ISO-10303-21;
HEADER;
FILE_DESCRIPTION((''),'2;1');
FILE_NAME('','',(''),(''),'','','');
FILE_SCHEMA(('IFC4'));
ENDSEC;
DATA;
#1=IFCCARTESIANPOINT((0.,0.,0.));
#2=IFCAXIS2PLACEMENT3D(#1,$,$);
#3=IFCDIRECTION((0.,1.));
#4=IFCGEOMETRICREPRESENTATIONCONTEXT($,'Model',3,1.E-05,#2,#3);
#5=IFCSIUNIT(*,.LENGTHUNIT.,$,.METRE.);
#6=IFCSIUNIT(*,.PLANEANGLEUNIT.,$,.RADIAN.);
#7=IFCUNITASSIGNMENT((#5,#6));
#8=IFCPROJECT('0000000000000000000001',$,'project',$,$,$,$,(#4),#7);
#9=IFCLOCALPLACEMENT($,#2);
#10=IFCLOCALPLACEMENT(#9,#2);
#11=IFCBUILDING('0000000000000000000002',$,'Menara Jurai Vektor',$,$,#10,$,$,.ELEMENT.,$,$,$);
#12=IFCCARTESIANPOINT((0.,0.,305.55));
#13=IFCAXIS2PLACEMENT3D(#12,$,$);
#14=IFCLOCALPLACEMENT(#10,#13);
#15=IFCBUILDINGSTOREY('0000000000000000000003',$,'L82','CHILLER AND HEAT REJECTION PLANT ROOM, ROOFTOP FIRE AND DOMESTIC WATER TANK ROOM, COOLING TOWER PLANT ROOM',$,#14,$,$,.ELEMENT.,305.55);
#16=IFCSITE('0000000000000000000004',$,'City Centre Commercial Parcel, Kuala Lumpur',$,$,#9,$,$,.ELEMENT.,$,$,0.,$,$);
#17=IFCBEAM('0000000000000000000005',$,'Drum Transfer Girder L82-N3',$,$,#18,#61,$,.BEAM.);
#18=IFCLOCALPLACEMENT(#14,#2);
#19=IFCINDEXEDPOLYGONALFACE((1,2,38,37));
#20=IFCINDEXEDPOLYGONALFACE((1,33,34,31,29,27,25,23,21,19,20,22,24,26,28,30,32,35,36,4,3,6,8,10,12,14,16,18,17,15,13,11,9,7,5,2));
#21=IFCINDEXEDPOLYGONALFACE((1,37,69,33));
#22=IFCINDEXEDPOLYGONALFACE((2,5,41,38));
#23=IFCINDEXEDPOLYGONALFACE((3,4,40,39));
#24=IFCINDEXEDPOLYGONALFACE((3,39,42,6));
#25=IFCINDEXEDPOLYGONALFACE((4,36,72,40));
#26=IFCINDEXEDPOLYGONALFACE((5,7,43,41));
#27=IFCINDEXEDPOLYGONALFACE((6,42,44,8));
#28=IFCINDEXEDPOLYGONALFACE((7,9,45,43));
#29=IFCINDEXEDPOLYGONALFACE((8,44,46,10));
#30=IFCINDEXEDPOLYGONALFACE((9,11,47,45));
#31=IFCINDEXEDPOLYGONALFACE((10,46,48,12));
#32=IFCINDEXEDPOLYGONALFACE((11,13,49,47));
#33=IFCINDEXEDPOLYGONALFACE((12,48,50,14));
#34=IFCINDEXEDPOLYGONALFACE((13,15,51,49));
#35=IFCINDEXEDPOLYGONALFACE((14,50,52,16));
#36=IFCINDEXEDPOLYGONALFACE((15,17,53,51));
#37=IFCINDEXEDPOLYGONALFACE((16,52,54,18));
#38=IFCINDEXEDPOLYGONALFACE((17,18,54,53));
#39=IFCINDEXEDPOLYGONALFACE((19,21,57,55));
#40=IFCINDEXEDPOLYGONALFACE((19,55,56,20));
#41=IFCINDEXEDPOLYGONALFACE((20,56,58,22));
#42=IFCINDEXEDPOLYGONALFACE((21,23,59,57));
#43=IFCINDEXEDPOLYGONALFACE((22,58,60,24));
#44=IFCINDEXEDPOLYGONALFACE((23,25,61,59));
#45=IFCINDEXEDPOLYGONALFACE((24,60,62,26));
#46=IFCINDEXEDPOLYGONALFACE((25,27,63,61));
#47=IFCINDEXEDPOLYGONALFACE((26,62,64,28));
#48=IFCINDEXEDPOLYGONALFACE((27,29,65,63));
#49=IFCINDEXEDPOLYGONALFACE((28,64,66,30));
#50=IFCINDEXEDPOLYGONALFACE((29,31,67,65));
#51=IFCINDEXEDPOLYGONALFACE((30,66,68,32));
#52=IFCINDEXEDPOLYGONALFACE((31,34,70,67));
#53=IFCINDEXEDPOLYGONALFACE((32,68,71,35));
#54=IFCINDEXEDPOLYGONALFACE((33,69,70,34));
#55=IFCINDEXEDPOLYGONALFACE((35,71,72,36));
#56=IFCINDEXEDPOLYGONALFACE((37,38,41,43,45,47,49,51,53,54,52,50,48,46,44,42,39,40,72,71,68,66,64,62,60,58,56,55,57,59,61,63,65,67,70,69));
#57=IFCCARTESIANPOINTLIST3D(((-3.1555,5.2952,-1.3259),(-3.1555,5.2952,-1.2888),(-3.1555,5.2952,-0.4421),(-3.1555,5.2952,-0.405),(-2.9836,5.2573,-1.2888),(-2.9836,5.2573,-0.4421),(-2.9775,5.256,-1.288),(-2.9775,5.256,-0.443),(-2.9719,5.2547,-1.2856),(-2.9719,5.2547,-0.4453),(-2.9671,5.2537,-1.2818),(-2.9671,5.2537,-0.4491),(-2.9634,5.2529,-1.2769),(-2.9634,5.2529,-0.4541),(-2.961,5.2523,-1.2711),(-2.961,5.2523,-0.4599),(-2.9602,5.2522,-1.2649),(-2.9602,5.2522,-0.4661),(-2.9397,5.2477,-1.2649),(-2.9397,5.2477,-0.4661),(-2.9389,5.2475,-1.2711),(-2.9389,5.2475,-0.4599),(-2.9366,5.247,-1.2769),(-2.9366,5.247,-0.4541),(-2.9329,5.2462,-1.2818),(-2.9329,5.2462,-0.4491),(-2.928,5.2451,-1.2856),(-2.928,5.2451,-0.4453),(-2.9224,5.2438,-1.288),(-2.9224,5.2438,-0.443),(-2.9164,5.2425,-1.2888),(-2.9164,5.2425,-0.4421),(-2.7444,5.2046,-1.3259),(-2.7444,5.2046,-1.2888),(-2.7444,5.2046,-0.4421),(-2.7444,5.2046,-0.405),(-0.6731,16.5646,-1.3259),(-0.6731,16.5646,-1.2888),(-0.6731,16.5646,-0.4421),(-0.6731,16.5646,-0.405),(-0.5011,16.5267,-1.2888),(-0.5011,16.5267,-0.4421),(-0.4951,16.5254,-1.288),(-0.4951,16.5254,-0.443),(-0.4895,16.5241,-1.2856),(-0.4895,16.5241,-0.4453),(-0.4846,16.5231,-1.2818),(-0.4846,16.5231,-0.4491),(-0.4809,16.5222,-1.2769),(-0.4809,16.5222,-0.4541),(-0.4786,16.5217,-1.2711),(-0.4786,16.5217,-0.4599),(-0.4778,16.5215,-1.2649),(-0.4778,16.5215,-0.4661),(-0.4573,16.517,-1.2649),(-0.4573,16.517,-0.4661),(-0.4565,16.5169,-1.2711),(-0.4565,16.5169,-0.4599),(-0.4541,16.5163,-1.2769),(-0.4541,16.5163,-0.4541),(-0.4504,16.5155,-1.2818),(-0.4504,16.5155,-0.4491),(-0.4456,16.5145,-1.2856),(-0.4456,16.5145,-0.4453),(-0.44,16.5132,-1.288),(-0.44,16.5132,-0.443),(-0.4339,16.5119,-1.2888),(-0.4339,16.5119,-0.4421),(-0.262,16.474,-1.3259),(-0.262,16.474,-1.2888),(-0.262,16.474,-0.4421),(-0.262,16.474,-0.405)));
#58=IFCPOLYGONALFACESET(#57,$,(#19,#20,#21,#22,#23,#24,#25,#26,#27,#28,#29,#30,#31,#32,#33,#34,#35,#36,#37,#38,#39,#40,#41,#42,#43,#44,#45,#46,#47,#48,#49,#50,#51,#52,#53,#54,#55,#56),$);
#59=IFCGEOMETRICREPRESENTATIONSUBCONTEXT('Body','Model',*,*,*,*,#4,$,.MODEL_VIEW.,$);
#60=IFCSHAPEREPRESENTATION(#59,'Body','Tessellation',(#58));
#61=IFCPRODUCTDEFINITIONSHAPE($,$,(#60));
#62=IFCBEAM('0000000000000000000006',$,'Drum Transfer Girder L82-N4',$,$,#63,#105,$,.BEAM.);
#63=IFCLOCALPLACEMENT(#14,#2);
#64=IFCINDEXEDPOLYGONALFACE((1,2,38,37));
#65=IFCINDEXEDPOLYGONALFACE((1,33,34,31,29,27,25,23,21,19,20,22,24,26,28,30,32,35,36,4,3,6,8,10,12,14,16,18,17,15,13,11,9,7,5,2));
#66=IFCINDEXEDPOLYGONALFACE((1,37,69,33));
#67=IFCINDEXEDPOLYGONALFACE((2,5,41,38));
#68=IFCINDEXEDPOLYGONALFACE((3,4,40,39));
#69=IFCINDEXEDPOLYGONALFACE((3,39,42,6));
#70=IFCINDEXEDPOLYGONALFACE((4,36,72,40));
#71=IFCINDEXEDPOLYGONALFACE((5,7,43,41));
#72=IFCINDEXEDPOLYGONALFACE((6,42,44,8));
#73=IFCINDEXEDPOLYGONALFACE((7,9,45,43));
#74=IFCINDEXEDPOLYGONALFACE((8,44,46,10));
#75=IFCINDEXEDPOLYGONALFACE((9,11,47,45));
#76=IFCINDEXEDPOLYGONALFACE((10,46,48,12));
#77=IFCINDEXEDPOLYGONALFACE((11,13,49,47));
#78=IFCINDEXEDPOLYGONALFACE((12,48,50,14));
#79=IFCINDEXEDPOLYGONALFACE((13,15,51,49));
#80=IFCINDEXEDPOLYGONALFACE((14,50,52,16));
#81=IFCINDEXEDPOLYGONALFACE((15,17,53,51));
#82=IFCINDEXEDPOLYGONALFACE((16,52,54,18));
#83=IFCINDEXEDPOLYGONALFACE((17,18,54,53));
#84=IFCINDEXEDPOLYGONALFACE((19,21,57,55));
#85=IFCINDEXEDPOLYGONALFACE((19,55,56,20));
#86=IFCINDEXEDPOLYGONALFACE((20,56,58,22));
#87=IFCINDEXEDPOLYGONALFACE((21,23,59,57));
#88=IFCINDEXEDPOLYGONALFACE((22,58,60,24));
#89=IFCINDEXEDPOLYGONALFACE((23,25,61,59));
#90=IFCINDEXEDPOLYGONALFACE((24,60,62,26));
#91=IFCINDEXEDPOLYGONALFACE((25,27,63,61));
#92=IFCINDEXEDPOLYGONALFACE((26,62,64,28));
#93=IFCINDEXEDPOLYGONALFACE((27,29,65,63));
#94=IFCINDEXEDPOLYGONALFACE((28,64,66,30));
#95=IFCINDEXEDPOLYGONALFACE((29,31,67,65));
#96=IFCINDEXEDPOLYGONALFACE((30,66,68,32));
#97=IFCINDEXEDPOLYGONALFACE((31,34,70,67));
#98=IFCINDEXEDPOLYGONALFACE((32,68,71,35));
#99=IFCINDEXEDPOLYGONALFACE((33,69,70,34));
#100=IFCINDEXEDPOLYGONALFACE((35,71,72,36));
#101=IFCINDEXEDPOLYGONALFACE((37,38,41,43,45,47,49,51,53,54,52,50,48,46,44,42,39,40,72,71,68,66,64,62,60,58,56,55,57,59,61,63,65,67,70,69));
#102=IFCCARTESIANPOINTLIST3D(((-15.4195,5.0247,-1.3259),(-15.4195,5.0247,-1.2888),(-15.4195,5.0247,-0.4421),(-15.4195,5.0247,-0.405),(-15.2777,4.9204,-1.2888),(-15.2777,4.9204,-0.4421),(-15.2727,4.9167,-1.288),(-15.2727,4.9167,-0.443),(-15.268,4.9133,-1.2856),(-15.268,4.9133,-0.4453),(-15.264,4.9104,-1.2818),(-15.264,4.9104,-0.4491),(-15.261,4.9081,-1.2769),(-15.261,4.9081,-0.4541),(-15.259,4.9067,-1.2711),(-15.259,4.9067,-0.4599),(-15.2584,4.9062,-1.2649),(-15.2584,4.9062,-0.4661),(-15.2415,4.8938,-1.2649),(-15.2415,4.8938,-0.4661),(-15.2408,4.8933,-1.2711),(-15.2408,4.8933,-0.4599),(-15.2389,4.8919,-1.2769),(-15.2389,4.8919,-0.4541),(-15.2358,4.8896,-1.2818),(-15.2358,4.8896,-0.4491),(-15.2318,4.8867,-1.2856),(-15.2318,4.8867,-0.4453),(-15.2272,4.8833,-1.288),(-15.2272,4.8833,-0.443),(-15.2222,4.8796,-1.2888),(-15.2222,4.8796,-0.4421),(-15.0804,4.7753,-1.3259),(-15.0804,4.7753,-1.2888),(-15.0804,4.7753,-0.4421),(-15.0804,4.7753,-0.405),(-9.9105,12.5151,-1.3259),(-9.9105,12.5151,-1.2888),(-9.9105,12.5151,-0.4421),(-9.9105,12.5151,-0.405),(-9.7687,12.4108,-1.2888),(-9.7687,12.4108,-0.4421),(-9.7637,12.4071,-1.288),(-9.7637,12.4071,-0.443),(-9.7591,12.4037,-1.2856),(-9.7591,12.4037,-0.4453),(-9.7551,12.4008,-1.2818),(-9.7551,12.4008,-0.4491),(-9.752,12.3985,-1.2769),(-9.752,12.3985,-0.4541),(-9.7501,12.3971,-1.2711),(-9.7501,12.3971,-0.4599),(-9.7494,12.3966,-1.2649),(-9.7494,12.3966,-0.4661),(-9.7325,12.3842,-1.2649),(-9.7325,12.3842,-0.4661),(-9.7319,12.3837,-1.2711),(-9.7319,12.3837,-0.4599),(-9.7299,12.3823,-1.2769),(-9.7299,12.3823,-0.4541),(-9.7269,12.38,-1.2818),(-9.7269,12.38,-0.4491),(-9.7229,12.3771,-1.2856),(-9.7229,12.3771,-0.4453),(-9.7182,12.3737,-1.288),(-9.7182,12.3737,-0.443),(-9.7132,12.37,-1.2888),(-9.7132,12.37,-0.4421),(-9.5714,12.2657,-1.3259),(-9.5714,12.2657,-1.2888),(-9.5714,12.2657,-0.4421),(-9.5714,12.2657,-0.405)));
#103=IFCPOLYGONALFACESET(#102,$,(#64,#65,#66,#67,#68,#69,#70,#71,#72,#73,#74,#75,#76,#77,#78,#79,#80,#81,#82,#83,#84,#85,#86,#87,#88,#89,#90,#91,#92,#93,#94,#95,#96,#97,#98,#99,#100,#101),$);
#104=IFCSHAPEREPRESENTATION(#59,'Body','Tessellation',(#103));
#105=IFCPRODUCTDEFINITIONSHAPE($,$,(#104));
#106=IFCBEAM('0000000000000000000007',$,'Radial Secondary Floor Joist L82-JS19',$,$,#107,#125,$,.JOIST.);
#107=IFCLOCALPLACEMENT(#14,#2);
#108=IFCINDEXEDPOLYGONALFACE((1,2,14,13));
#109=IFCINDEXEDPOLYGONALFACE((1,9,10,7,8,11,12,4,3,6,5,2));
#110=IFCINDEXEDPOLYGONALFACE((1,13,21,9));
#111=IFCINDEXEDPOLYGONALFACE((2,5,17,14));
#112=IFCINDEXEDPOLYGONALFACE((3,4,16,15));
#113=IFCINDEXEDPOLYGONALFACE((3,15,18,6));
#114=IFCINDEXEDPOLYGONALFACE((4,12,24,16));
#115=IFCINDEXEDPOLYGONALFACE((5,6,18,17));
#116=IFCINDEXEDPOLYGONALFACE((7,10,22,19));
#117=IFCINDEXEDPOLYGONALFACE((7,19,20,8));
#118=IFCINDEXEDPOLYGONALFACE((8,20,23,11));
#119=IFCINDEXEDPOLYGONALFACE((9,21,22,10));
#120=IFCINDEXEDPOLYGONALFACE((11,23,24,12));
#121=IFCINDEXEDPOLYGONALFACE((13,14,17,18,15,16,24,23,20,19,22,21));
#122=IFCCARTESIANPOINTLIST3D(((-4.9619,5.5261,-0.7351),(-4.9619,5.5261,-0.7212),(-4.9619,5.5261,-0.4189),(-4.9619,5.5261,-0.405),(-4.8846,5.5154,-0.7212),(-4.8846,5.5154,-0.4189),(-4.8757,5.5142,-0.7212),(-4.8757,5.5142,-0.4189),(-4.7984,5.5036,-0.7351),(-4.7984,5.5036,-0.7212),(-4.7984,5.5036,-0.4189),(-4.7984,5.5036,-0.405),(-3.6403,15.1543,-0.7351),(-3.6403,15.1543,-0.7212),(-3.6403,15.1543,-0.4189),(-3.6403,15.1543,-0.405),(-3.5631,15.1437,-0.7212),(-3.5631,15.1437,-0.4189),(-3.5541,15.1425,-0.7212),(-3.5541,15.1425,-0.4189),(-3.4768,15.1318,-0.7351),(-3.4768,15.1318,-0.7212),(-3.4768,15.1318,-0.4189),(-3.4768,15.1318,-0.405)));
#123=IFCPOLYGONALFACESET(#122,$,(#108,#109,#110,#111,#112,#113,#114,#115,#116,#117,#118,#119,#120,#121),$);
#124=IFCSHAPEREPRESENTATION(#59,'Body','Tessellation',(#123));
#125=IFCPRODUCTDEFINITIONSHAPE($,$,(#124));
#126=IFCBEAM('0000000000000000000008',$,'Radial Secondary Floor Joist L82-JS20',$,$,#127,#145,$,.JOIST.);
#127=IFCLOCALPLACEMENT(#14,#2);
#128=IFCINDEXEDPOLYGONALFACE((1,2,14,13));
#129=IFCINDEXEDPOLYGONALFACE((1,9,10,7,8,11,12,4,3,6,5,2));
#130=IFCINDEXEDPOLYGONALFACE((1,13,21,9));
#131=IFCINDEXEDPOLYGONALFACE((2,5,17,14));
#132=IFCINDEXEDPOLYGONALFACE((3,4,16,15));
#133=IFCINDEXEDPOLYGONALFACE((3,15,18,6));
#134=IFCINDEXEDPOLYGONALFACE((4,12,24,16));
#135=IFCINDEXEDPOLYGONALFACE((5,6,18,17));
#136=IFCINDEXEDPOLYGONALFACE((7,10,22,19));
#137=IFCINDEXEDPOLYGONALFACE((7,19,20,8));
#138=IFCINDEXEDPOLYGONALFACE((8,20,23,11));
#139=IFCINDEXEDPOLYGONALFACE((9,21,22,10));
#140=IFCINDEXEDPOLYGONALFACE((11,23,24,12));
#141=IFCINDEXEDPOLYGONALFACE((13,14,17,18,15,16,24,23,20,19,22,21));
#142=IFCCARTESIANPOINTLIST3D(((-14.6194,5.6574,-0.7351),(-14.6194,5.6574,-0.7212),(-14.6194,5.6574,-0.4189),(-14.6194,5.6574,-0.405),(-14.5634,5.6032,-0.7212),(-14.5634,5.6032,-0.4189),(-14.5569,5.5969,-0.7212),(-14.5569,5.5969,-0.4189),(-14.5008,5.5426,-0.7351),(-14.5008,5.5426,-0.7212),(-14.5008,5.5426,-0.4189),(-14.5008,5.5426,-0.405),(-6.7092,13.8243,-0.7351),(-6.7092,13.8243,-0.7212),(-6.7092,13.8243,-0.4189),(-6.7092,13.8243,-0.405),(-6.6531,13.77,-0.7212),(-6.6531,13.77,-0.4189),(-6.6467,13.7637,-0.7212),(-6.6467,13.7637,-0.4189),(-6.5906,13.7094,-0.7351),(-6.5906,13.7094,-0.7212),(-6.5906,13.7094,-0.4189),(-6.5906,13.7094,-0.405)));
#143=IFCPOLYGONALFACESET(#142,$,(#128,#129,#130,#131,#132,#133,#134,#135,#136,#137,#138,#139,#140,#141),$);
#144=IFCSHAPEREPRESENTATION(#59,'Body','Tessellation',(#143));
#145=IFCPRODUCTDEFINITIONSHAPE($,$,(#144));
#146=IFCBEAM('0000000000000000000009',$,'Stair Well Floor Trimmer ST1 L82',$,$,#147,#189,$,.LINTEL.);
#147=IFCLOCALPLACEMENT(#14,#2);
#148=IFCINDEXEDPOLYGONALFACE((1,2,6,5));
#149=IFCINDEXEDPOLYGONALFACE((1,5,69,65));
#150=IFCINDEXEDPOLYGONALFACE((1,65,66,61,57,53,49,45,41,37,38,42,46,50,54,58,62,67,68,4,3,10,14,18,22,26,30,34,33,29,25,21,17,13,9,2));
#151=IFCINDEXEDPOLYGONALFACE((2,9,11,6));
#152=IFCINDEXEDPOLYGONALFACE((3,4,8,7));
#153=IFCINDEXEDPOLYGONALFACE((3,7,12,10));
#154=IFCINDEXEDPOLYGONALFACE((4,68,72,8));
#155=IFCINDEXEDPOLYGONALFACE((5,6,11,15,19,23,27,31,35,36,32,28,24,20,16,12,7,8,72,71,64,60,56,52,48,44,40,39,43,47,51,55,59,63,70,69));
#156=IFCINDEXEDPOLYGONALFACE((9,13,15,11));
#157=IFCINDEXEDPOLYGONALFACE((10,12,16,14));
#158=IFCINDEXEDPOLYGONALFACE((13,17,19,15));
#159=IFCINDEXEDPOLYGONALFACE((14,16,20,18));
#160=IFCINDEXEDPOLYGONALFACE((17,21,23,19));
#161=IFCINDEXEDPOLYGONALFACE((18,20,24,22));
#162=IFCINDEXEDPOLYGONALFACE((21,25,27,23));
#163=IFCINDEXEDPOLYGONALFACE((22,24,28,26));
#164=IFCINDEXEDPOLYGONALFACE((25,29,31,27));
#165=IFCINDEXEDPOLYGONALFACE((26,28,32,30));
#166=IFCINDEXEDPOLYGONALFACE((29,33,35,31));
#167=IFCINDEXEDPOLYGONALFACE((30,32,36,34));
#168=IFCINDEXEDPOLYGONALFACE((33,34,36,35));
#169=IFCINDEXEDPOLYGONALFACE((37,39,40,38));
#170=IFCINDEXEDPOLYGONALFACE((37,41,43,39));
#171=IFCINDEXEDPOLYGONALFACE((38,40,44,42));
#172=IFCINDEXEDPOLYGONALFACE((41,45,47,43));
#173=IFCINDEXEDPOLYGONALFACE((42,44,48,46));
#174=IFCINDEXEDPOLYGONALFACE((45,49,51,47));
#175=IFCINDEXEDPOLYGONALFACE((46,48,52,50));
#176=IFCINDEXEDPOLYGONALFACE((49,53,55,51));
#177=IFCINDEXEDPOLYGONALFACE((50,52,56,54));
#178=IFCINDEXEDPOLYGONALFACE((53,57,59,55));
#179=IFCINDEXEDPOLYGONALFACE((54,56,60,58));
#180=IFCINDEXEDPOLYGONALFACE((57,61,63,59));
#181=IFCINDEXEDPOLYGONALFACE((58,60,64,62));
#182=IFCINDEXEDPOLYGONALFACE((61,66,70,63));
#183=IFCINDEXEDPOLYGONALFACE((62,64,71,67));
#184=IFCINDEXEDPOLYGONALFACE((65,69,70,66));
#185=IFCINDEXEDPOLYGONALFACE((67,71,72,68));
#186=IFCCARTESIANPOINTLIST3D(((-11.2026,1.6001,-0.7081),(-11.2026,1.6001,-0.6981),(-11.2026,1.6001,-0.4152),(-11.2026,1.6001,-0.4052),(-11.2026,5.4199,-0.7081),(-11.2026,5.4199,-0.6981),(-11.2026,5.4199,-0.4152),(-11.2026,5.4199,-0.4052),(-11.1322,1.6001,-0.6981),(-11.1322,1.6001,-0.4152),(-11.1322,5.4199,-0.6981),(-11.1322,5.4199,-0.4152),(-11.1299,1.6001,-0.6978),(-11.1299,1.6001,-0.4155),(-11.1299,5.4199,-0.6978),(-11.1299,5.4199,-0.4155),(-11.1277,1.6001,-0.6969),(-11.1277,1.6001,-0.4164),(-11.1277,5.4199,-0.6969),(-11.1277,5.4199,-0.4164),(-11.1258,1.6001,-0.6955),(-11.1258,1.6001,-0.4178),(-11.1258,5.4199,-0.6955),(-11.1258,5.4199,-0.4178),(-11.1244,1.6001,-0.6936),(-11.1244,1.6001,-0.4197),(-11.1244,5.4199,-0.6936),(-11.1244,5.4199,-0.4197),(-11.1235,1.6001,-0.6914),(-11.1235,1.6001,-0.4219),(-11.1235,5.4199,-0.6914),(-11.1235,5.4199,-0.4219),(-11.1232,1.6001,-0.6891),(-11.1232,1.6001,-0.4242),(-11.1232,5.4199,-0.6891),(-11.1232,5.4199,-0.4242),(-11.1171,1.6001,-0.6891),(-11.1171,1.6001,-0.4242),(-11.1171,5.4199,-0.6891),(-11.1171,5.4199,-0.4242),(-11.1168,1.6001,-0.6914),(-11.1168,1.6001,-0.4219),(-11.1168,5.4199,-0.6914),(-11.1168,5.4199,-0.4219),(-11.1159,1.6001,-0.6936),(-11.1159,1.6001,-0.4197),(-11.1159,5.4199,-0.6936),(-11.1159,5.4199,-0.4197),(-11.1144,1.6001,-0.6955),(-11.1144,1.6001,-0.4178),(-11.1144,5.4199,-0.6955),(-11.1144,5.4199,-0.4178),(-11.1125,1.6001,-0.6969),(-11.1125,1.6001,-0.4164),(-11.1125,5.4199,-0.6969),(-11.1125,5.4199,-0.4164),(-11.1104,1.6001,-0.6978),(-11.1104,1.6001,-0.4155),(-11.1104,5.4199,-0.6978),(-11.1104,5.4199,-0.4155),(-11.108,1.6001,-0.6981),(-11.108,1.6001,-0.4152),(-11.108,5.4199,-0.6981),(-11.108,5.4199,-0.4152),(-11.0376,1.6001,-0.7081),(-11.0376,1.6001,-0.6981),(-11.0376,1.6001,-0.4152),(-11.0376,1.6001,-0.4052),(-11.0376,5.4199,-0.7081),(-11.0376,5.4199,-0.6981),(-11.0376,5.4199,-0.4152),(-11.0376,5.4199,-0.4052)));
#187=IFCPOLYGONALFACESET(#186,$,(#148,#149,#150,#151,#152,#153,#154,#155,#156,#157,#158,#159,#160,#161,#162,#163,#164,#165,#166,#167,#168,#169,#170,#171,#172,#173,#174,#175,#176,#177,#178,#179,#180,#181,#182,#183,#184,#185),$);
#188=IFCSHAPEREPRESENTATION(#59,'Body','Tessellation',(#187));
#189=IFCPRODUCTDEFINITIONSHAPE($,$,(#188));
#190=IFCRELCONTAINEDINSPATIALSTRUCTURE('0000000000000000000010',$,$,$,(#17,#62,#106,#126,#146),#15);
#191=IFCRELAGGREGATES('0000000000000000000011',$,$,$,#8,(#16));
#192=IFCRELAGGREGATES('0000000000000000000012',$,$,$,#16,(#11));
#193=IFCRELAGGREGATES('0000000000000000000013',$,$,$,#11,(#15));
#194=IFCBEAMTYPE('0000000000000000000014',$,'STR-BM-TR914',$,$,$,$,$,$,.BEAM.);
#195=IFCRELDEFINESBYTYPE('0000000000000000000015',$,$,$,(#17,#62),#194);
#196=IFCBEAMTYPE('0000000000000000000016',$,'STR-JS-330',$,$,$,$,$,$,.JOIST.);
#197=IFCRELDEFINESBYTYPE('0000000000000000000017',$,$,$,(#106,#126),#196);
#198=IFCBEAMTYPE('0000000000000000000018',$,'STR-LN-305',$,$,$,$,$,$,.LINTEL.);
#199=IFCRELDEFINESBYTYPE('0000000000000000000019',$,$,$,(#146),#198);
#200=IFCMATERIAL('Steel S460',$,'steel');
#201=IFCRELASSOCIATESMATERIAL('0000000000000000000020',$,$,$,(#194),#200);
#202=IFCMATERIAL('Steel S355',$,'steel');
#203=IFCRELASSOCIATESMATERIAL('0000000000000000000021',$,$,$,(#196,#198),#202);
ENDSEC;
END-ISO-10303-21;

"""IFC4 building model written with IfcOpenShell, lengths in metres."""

from ifc_helpers import new_model, si_unit, direction, frame, origin, origin_2d, place, context, subcontext, project, spatial, i_section, extrude, material, material_profile, profile_set, type_object, element, save


model = new_model("IFC4")

# Units and contexts
model_context = context("Model", 3, precision=1e-05, world=origin(), true_north=direction((0.0, 1.0)))
body_context = subcontext(model_context, "Body", "Model", "MODEL_VIEW")
ifc_project = project(units=[si_unit("LENGTHUNIT", "METRE"), si_unit("PLANEANGLEUNIT", "RADIAN")], contexts=[model_context])

# Site, building, storey
site_placement = place(None, origin())
site = spatial("IfcSite", under=ifc_project, at=site_placement, Name="City Centre Commercial Parcel, Kuala Lumpur", CompositionType="ELEMENT", RefElevation=0.0)
building_placement = place(site_placement, origin())
building = spatial("IfcBuilding", under=site, at=building_placement, Name="Menara Jurai Vektor", CompositionType="ELEMENT")
storey_placement = place(building_placement, frame((0.0, 0.0, 305.55)))
storey = spatial("IfcBuildingStorey", under=building, at=storey_placement, Name="L82", Description="CHILLER AND HEAT REJECTION PLANT ROOM, ROOFTOP FIRE AND DOMESTIC WATER TANK ROOM, COOLING TOWER PLANT ROOM", CompositionType="ELEMENT", Elevation=305.55)

# Shared definitions
ifc_material_1 = material(Name="Steel S460", Category="steel")
ifc_material_2 = material(Name="Steel S355", Category="steel")

# Beams
ifc_material_profile_1 = material_profile(ifc_material_1, i_section(OverallWidth=0.4209, OverallDepth=0.9209, WebThickness=0.021, FlangeThickness=0.0371, FilletRadius=0.0239, at=origin_2d()), Name="UKB 914x419x388")
ifc_profile_set_1 = profile_set([ifc_material_profile_1], Name="Steel S460")
beam_type_1 = type_object("IfcBeamType", Name="STR-BM-TR914", PredefinedType="BEAM", material=ifc_profile_set_1)
beam_1_placement = place(storey_placement, frame((-0.4675, 16.5193, -0.8655), z_axis=(-0.215125, -0.976587, 0.0), x_axis=(0.976587, -0.215125, 0.0)))
element("IfcBeam", 1, at=beam_1_placement, inside=storey, type_object=beam_type_1, Name="Drum Transfer Girder L82-N3", PredefinedType="BEAM", context=body_context, shape_type="SweptSolid", body=[
    extrude(i_section(OverallWidth=0.4209, OverallDepth=0.9209, WebThickness=0.021, FlangeThickness=0.0371, FilletRadius=0.0239, at=origin_2d()), origin(), (0.0, 0.0, 1.0), 11.5396),
])
beam_2_placement = place(storey_placement, frame((-9.741, 12.3904, -0.8655), z_axis=(-0.592483, -0.805583, 0.0), x_axis=(0.805583, -0.592483, 0.0)))
element("IfcBeam", 2, at=beam_2_placement, inside=storey, type_object=beam_type_1, Name="Drum Transfer Girder L82-N4", PredefinedType="BEAM", context=body_context, shape_type="SweptSolid", body=[
    extrude(i_section(OverallWidth=0.4209, OverallDepth=0.9209, WebThickness=0.021, FlangeThickness=0.0371, FilletRadius=0.0239, at=origin_2d()), origin(), (0.0, 0.0, 1.0), 9.2981),
])
ifc_material_profile_2 = material_profile(ifc_material_2, i_section(OverallWidth=0.165, OverallDepth=0.3301, WebThickness=0.009, FlangeThickness=0.0139, at=origin_2d()), Name="PG 330x165x46")
ifc_profile_set_2 = profile_set([ifc_material_profile_2], Name="Steel S355")
beam_type_2 = type_object("IfcBeamType", Name="STR-JS-330", PredefinedType="JOIST", material=ifc_profile_set_2)
beam_3_placement = place(storey_placement, frame((-3.5586, 15.1431, -0.5701), z_axis=(-0.135982, -0.990711, 0.0), x_axis=(0.990711, -0.135982, 0.0)))
element("IfcBeam", 3, at=beam_3_placement, inside=storey, type_object=beam_type_2, Name="Radial Secondary Floor Joist L82-JS19", PredefinedType="JOIST", context=body_context, shape_type="SweptSolid", body=[
    extrude(i_section(OverallWidth=0.165, OverallDepth=0.3301, WebThickness=0.009, FlangeThickness=0.0139, at=origin_2d()), origin(), (0.0, 0.0, 1.0), 9.7185),
])
beam_4_placement = place(storey_placement, frame((-6.6499, 13.7668, -0.5701), z_axis=(-0.695733, -0.718301, 0.0), x_axis=(0.718301, -0.695733, 0.0)))
element("IfcBeam", 4, at=beam_4_placement, inside=storey, type_object=beam_type_2, Name="Radial Secondary Floor Joist L82-JS20", PredefinedType="JOIST", context=body_context, shape_type="SweptSolid", body=[
    extrude(i_section(OverallWidth=0.165, OverallDepth=0.3301, WebThickness=0.009, FlangeThickness=0.0139, at=origin_2d()), origin(), (0.0, 0.0, 1.0), 11.3696),
])
ifc_material_profile_3 = material_profile(ifc_material_2, i_section(OverallWidth=0.165, OverallDepth=0.303, WebThickness=0.0061, FlangeThickness=0.01, FilletRadius=0.009, at=origin_2d()), Name="UKB 305x165x40")
ifc_profile_set_3 = profile_set([ifc_material_profile_3], Name="Steel S355")
beam_type_3 = type_object("IfcBeamType", Name="STR-LN-305", PredefinedType="LINTEL", material=ifc_profile_set_3)
beam_5_placement = place(storey_placement, frame((-11.1201, 1.6001, -0.5566), z_axis=(0.0, 1.0, 0.0), x_axis=(-1.0, 0.0, 0.0)))
element("IfcBeam", 5, at=beam_5_placement, inside=storey, type_object=beam_type_3, Name="Stair Well Floor Trimmer ST1 L82", PredefinedType="LINTEL", context=body_context, shape_type="SweptSolid", body=[
    extrude(i_section(OverallWidth=0.165, OverallDepth=0.303, WebThickness=0.0061, FlangeThickness=0.01, FilletRadius=0.009, at=origin_2d()), origin(), (0.0, 0.0, 1.0), 3.8198),
])

save(model, "model.ifc")
